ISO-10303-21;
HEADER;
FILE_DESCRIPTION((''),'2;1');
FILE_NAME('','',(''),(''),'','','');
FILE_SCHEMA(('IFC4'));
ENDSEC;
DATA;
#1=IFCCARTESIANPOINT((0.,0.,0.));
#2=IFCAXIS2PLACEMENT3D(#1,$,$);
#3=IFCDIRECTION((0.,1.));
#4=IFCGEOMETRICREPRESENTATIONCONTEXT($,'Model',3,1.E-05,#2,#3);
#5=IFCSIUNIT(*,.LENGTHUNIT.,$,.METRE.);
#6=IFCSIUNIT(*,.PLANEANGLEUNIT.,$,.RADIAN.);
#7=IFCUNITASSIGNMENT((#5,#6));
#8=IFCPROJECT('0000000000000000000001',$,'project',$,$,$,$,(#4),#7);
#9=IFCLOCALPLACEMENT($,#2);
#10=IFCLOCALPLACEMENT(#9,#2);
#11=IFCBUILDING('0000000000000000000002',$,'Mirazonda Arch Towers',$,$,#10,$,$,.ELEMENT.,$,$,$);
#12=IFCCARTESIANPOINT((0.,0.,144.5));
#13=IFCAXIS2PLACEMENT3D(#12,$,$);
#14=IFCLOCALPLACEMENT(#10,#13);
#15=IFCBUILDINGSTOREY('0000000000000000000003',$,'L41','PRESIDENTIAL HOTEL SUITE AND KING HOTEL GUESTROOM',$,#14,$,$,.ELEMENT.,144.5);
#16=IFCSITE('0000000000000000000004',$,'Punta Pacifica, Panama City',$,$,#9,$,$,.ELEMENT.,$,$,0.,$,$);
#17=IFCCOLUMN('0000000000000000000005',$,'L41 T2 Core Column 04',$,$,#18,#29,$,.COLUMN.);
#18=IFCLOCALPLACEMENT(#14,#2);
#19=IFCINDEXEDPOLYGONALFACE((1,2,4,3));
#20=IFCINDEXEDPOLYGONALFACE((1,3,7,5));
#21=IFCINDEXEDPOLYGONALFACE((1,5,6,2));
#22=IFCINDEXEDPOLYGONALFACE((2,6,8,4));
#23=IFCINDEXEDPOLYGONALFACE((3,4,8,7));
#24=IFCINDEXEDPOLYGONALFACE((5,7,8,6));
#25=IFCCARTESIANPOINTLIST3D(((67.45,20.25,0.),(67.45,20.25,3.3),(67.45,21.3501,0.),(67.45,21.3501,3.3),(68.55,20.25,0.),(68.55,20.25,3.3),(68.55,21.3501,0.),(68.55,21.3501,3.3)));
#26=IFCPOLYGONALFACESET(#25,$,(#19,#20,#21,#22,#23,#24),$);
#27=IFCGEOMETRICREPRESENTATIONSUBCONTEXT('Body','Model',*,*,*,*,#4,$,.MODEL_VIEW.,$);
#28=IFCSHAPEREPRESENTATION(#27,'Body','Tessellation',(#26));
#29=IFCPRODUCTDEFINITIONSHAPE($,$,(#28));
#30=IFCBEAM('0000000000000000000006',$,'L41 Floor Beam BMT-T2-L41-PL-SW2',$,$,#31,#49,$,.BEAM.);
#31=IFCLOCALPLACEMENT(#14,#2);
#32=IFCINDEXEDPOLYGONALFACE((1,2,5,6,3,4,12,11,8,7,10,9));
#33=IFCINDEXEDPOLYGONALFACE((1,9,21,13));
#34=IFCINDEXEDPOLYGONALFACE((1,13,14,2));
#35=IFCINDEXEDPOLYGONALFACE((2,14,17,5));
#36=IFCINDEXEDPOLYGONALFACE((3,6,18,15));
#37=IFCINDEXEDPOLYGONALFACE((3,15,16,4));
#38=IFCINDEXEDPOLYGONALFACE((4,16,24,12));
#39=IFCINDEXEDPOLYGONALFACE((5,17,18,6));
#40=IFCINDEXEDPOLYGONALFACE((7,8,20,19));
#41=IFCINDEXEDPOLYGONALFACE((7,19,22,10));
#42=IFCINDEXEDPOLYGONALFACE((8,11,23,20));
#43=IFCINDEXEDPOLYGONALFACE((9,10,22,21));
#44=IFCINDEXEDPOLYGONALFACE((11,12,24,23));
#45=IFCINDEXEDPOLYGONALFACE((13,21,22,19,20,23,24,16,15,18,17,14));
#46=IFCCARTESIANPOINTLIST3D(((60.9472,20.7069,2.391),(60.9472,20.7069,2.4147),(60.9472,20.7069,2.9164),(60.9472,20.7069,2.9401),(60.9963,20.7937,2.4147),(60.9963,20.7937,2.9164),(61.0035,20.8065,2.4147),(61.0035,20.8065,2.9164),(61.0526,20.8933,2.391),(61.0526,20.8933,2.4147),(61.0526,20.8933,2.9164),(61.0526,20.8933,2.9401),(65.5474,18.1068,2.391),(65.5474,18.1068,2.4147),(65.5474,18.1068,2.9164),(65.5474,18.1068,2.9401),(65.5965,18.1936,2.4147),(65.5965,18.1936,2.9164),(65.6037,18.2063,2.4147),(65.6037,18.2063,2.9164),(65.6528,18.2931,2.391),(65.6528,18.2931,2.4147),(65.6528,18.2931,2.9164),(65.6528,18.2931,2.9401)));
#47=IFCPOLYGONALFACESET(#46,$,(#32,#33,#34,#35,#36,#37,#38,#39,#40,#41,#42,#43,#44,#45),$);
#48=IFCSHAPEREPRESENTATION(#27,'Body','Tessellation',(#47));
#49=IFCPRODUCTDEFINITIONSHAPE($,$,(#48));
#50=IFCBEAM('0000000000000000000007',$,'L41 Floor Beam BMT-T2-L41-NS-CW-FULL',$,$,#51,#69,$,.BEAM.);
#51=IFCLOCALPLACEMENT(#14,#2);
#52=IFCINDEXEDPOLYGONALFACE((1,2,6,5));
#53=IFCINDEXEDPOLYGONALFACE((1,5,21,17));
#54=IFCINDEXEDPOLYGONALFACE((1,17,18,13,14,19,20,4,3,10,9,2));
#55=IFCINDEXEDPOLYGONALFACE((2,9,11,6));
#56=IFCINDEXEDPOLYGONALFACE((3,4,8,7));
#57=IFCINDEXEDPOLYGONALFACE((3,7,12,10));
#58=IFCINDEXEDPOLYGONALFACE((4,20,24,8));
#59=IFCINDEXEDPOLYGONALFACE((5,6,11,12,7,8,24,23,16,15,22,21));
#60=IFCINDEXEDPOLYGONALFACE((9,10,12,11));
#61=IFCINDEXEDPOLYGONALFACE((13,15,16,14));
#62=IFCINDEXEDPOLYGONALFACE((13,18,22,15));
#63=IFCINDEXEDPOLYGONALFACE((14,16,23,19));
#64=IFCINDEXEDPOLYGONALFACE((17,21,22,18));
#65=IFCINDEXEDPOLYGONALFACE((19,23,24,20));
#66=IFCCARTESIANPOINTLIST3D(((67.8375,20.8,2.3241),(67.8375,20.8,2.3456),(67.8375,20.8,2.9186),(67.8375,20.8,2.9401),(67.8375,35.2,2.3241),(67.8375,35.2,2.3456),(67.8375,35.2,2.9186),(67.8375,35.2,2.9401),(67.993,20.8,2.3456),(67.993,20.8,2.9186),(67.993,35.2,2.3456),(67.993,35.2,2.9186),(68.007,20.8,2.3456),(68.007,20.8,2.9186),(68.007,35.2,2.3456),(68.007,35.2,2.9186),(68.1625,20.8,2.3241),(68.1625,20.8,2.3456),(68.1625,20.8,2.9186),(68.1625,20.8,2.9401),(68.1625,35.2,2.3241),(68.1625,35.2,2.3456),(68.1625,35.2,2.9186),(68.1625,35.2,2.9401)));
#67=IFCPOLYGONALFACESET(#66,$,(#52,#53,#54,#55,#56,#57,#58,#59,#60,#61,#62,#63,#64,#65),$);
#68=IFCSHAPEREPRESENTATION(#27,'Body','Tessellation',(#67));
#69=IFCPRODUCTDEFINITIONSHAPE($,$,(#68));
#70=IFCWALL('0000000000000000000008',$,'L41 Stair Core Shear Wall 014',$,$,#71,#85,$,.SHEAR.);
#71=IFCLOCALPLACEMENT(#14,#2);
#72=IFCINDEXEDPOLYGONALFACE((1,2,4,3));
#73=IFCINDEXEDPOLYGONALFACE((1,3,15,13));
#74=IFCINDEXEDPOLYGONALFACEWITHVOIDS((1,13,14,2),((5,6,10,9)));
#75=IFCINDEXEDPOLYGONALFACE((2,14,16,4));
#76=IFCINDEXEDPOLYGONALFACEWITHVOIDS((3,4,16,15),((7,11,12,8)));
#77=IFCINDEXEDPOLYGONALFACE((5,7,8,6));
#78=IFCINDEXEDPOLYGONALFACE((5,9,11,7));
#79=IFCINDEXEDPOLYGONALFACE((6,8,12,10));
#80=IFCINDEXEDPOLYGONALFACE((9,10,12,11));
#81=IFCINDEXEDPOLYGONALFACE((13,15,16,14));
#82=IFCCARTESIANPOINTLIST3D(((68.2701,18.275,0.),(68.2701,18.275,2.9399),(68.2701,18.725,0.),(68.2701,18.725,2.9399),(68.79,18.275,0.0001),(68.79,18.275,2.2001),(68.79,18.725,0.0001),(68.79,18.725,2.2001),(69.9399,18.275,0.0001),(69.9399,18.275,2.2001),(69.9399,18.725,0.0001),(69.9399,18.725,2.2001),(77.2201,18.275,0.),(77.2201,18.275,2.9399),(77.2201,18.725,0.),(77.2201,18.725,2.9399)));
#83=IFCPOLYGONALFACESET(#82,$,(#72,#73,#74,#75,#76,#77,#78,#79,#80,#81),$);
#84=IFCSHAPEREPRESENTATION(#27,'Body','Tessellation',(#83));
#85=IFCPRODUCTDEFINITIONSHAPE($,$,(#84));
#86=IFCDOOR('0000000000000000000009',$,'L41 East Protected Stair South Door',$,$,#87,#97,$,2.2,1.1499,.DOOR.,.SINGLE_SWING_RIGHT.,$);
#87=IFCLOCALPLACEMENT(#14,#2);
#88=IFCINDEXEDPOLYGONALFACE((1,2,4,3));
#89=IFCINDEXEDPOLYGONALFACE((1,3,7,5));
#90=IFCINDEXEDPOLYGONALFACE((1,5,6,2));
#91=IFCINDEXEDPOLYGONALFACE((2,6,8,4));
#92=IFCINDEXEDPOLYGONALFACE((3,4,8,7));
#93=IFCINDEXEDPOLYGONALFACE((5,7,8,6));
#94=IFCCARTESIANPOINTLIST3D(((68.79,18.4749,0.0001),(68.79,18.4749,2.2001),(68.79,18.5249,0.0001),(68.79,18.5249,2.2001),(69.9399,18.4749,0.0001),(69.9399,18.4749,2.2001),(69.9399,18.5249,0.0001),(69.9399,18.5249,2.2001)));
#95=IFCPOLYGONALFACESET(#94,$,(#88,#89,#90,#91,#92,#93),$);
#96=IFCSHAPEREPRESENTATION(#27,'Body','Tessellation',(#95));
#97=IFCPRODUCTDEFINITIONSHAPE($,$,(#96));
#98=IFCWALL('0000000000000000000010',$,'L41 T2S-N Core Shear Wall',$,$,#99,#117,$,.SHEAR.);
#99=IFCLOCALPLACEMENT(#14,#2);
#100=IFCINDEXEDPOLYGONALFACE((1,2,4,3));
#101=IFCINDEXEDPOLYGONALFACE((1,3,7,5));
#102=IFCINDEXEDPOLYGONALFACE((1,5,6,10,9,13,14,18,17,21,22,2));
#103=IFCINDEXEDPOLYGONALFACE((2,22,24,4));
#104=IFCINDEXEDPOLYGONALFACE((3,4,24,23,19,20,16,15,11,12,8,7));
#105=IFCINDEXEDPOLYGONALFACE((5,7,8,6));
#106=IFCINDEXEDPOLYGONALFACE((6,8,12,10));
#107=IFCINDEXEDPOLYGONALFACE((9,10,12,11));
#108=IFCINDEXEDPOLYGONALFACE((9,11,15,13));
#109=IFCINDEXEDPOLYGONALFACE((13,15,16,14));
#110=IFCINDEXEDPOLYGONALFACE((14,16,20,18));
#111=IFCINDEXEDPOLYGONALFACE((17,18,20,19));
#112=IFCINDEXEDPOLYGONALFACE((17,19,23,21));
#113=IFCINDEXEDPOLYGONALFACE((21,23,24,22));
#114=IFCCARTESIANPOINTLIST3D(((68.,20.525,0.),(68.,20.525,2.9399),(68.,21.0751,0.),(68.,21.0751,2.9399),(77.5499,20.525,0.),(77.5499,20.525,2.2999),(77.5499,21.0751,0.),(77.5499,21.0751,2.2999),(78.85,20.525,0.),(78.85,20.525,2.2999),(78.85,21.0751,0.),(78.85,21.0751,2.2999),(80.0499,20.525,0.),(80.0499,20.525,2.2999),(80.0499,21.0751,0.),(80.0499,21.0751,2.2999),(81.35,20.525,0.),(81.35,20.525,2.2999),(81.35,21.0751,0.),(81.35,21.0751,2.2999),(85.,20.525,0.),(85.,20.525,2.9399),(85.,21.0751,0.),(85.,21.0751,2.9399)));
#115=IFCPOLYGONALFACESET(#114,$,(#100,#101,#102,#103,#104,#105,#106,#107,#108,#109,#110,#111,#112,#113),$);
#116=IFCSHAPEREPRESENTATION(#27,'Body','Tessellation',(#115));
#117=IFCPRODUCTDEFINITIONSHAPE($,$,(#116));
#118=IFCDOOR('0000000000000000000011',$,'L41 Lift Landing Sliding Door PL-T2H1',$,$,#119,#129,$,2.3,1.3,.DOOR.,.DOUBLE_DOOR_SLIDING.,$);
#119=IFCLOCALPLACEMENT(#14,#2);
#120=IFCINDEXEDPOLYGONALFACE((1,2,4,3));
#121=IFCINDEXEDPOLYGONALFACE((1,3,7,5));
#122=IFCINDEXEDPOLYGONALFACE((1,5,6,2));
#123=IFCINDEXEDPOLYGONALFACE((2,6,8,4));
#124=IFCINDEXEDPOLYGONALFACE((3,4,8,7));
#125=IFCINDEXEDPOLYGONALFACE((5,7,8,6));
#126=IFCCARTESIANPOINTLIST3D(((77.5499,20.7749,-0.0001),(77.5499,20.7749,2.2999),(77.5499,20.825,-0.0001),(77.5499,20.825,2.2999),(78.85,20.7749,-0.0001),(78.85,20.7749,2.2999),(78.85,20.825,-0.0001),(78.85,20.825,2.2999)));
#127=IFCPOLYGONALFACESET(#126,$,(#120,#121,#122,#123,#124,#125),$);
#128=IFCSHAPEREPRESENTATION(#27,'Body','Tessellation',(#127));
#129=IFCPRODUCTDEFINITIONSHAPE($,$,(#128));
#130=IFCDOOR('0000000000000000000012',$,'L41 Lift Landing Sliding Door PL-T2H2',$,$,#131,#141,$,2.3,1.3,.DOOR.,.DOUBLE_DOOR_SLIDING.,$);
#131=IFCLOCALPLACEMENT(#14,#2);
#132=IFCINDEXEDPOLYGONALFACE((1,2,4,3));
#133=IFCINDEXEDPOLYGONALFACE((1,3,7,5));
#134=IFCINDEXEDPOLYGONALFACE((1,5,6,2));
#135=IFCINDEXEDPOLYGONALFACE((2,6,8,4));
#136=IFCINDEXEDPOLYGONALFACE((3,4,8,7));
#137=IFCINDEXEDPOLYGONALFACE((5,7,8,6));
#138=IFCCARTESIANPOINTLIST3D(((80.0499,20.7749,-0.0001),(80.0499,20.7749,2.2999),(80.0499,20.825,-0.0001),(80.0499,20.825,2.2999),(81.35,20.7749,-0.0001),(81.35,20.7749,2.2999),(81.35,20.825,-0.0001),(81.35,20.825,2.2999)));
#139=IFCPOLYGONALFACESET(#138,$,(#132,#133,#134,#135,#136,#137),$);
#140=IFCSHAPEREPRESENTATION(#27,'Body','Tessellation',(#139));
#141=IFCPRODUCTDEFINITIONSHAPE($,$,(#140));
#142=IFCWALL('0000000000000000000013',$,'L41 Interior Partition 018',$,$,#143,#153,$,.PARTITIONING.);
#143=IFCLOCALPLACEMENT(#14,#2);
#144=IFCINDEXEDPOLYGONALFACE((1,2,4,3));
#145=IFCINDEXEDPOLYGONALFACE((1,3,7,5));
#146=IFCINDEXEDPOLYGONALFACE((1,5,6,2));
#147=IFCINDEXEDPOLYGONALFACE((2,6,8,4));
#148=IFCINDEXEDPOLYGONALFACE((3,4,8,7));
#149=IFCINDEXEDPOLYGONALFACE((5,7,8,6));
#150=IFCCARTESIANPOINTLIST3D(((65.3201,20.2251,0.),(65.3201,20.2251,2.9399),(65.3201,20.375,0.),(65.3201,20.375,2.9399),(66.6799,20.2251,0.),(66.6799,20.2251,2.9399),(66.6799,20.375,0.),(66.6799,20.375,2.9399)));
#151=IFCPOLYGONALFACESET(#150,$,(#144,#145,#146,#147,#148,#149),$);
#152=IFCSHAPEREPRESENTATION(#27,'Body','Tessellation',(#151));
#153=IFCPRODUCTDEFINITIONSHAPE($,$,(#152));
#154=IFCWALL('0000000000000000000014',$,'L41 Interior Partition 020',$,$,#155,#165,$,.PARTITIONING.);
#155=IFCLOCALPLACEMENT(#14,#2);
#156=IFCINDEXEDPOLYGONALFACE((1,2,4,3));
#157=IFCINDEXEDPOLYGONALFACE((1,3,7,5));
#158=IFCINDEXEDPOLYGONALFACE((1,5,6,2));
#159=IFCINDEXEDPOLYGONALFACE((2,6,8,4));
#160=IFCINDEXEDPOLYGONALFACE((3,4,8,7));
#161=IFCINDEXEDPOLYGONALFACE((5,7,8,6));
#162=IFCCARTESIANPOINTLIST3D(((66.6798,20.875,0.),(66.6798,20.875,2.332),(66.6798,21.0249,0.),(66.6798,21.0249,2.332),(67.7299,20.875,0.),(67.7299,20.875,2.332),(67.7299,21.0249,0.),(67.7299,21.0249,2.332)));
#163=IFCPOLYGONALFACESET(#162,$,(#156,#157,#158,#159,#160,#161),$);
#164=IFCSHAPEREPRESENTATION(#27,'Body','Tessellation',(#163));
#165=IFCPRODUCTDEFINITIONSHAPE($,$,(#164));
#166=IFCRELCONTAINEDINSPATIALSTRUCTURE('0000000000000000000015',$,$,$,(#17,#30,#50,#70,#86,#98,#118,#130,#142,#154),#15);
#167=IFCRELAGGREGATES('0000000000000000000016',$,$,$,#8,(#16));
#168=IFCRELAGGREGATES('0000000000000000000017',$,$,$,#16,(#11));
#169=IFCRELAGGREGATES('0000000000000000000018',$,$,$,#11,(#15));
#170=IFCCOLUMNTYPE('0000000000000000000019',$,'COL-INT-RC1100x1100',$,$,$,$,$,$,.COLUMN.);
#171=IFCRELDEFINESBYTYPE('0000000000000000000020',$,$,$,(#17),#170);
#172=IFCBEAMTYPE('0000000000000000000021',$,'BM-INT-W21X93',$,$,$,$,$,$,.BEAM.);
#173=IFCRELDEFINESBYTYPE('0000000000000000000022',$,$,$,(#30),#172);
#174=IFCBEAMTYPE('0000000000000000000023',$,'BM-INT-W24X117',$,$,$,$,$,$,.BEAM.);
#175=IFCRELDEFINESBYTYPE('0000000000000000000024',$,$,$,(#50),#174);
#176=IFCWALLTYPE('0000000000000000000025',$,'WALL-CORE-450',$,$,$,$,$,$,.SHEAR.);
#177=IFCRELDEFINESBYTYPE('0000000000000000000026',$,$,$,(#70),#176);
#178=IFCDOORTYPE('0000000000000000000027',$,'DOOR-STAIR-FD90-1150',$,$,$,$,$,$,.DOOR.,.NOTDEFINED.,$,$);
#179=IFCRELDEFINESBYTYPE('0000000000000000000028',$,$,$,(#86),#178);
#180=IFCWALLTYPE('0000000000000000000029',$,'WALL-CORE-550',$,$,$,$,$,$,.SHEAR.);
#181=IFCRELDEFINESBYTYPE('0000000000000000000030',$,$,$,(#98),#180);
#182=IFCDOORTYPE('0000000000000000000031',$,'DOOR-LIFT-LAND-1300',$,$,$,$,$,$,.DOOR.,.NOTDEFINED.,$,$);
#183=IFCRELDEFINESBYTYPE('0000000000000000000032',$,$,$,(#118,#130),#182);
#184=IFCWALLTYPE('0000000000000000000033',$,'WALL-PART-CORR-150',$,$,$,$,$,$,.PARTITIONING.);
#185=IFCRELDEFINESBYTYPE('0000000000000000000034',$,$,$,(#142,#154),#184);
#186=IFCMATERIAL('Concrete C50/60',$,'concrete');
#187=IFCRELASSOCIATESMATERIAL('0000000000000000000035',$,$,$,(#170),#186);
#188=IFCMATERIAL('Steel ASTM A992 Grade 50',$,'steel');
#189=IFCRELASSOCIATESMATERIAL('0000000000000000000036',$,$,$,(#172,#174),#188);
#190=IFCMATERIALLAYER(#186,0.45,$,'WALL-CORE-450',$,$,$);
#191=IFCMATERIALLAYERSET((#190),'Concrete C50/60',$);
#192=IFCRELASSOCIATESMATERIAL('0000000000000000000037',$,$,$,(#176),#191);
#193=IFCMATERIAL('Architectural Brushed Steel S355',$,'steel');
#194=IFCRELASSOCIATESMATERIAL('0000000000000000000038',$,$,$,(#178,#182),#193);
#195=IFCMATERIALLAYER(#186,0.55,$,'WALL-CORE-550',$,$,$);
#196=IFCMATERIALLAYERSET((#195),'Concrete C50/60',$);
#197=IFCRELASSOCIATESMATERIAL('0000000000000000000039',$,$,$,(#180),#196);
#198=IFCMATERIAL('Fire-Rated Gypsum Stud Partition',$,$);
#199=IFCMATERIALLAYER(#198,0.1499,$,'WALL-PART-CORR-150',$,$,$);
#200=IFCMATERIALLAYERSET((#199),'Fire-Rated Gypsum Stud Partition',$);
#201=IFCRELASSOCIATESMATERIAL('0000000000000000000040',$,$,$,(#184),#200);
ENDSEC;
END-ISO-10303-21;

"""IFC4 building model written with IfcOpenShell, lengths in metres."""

from ifc_helpers import new_model, si_unit, direction, frame, frame_2d, origin, origin_2d, place, context, subcontext, project, spatial, rectangle, i_section, extrude, material, layer, layer_set, material_profile, profile_set, type_object, element, fill, save


model = new_model("IFC4")

# Units and contexts
model_context = context("Model", 3, precision=1e-05, world=origin(), true_north=direction((0.0, 1.0)))
body_context = subcontext(model_context, "Body", "Model", "MODEL_VIEW")
ifc_project = project(units=[si_unit("LENGTHUNIT", "METRE"), si_unit("PLANEANGLEUNIT", "RADIAN")], contexts=[model_context])

# Site, building, storey
site_placement = place(None, origin())
site = spatial("IfcSite", under=ifc_project, at=site_placement, Name="Punta Pacifica, Panama City", CompositionType="ELEMENT", RefElevation=0.0)
building_placement = place(site_placement, origin())
building = spatial("IfcBuilding", under=site, at=building_placement, Name="Mirazonda Arch Towers", CompositionType="ELEMENT")
storey_placement = place(building_placement, frame((0.0, 0.0, 144.5)))
storey = spatial("IfcBuildingStorey", under=building, at=storey_placement, Name="L41", Description="PRESIDENTIAL HOTEL SUITE AND KING HOTEL GUESTROOM", CompositionType="ELEMENT", Elevation=144.5)

# Column
ifc_material_1 = material(Name="Concrete C50/60", Category="concrete")
ifc_material_profile_1 = material_profile(ifc_material_1, rectangle(XDim=1.1001, YDim=1.1001, at=origin_2d()), Name="RC1100x1100")
ifc_profile_set_1 = profile_set([ifc_material_profile_1], Name="Concrete C50/60")
column_type = type_object("IfcColumnType", Name="COL-INT-RC1100x1100", PredefinedType="COLUMN", material=ifc_profile_set_1)
column_placement = place(storey_placement, frame((68.0, 20.8, 0.0), z_axis=(0.0, 0.0, 1.0), x_axis=(1.0, 0.0, 0.0)))
element("IfcColumn", 1, at=column_placement, inside=storey, type_object=column_type, Name="L41 T2 Core Column 04", PredefinedType="COLUMN", context=body_context, shape_type="SweptSolid", body=[
    extrude(rectangle(XDim=1.1001, YDim=1.1001, at=origin_2d()), origin(), (0.0, 0.0, 1.0), 3.3),
])

# Beams
ifc_material_2 = material(Name="Steel ASTM A992 Grade 50", Category="steel")
ifc_material_profile_2 = material_profile(ifc_material_2, i_section(OverallWidth=0.2141, OverallDepth=0.5491, WebThickness=0.0146, FlangeThickness=0.0237, at=origin_2d()), Name="W21X93")
ifc_profile_set_2 = profile_set([ifc_material_profile_2], Name="Steel ASTM A992 Grade 50")
beam_type_1 = type_object("IfcBeamType", Name="BM-INT-W21X93", PredefinedType="BEAM", material=ifc_profile_set_2)
beam_1_placement = place(storey_placement, frame((65.6001, 18.2, 2.6655), z_axis=(-0.870559, 0.492063, 0.0), x_axis=(-0.492063, -0.870559, 0.0)))
element("IfcBeam", 2, at=beam_1_placement, inside=storey, type_object=beam_type_1, Name="L41 Floor Beam BMT-T2-L41-PL-SW2", PredefinedType="BEAM", context=body_context, shape_type="SweptSolid", body=[
    extrude(i_section(OverallWidth=0.2141, OverallDepth=0.5491, WebThickness=0.0146, FlangeThickness=0.0237, at=origin_2d()), origin(), (0.0, 0.0, 1.0), 5.2842),
])
ifc_material_profile_3 = material_profile(ifc_material_2, i_section(OverallWidth=0.325, OverallDepth=0.616, WebThickness=0.0139, FlangeThickness=0.0215, at=origin_2d()), Name="W24X117")
ifc_profile_set_3 = profile_set([ifc_material_profile_3], Name="Steel ASTM A992 Grade 50")
beam_type_2 = type_object("IfcBeamType", Name="BM-INT-W24X117", PredefinedType="BEAM", material=ifc_profile_set_3)
beam_2_placement = place(storey_placement, frame((68.0, 20.8, 2.6321), z_axis=(0.0, 1.0, 0.0), x_axis=(-1.0, 0.0, 0.0)))
element("IfcBeam", 3, at=beam_2_placement, inside=storey, type_object=beam_type_2, Name="L41 Floor Beam BMT-T2-L41-NS-CW-FULL", PredefinedType="BEAM", context=body_context, shape_type="SweptSolid", body=[
    extrude(i_section(OverallWidth=0.325, OverallDepth=0.616, WebThickness=0.0139, FlangeThickness=0.0215, at=origin_2d()), origin(), (0.0, 0.0, 1.0), 14.3999),
])

# Wall, opening, door
ifc_layer_1 = layer(ifc_material_1, 0.45, Name="WALL-CORE-450")
ifc_layer_set_1 = layer_set([ifc_layer_1], Name="Concrete C50/60")
wall_type_1 = type_object("IfcWallType", Name="WALL-CORE-450", PredefinedType="SHEAR", material=ifc_layer_set_1)
wall_1_placement = place(storey_placement, frame((68.27, 18.5, 0.0), z_axis=(0.0, 0.0, 1.0), x_axis=(1.0, 0.0, 0.0)))
wall_1 = element("IfcWall", 4, at=wall_1_placement, inside=storey, type_object=wall_type_1, Name="L41 Stair Core Shear Wall 014", PredefinedType="SHEAR", context=body_context, shape_type="SweptSolid", body=[
    extrude(rectangle(XDim=8.95, YDim=0.45, at=frame_2d((4.4751, 0.0))), origin(), (0.0, 0.0, 1.0), 2.9399),
])
opening_1_placement = place(wall_1_placement, frame((0.52, 0.0, 0.0)))
opening_1 = element("IfcOpeningElement", 5, at=opening_1_placement, cuts=wall_1, PredefinedType="OPENING", context=body_context, shape_type="SweptSolid", body=[
    extrude(rectangle(XDim=1.1499, YDim=2.2, at=frame_2d((0.575, 1.1001))), frame((0.0, 0.2349, 0.0), z_axis=(0.0, -1.0, 0.0), x_axis=(1.0, 0.0, 0.0)), (0.0, 0.0, 1.0), 0.47),
])
ifc_material_3 = material(Name="Architectural Brushed Steel S355", Category="steel")
door_type_1 = type_object("IfcDoorType", Name="DOOR-STAIR-FD90-1150", OperationType="NOTDEFINED", PredefinedType="DOOR", material=ifc_material_3)
door_1_placement = place(opening_1_placement, origin())
door_1 = element("IfcDoor", 6, at=door_1_placement, inside=storey, type_object=door_type_1, Name="L41 East Protected Stair South Door", OperationType="SINGLE_SWING_RIGHT", OverallHeight=2.2, OverallWidth=1.1499, PredefinedType="DOOR", context=body_context, shape_type="SweptSolid", body=[
    extrude(rectangle(XDim=1.1499, YDim=2.2, at=frame_2d((0.575, 1.1001))), frame((0.0, 0.0249, 0.0), z_axis=(0.0, -1.0, 0.0), x_axis=(1.0, 0.0, 0.0)), (0.0, 0.0, 1.0), 0.05),
])
fill(opening_1, door_1)

# Wall, openings, doors
ifc_layer_2 = layer(ifc_material_1, 0.55, Name="WALL-CORE-550")
ifc_layer_set_2 = layer_set([ifc_layer_2], Name="Concrete C50/60")
wall_type_2 = type_object("IfcWallType", Name="WALL-CORE-550", PredefinedType="SHEAR", material=ifc_layer_set_2)
wall_2_placement = place(storey_placement, frame((68.0, 20.8, 0.0), z_axis=(0.0, 0.0, 1.0), x_axis=(1.0, 0.0, 0.0)))
wall_2 = element("IfcWall", 7, at=wall_2_placement, inside=storey, type_object=wall_type_2, Name="L41 T2S-N Core Shear Wall", PredefinedType="SHEAR", context=body_context, shape_type="SweptSolid", body=[
    extrude(rectangle(XDim=17.0, YDim=0.55, at=frame_2d((8.5, 0.0))), origin(), (0.0, 0.0, 1.0), 2.9399),
])
opening_2_placement = place(wall_2_placement, frame((9.55, 0.0, 0.0)))
opening_2 = element("IfcOpeningElement", 8, at=opening_2_placement, cuts=wall_2, PredefinedType="OPENING", context=body_context, shape_type="SweptSolid", body=[
    extrude(rectangle(XDim=1.3, YDim=2.3, at=frame_2d((0.6499, 1.1499))), frame((0.0, 0.2849, 0.0), z_axis=(0.0, -1.0, 0.0), x_axis=(1.0, 0.0, 0.0)), (0.0, 0.0, 1.0), 0.5701),
])
opening_3_placement = place(wall_2_placement, frame((12.05, 0.0, 0.0)))
opening_3 = element("IfcOpeningElement", 9, at=opening_3_placement, cuts=wall_2, PredefinedType="OPENING", context=body_context, shape_type="SweptSolid", body=[
    extrude(rectangle(XDim=1.3, YDim=2.3, at=frame_2d((0.6499, 1.1499))), frame((0.0, 0.2849, 0.0), z_axis=(0.0, -1.0, 0.0), x_axis=(1.0, 0.0, 0.0)), (0.0, 0.0, 1.0), 0.5701),
])
door_type_2 = type_object("IfcDoorType", Name="DOOR-LIFT-LAND-1300", OperationType="NOTDEFINED", PredefinedType="DOOR", material=ifc_material_3)
door_2_placement = place(opening_2_placement, origin())
door_2 = element("IfcDoor", 10, at=door_2_placement, inside=storey, type_object=door_type_2, Name="L41 Lift Landing Sliding Door PL-T2H1", OperationType="DOUBLE_DOOR_SLIDING", OverallHeight=2.3, OverallWidth=1.3, PredefinedType="DOOR", context=body_context, shape_type="SweptSolid", body=[
    extrude(rectangle(XDim=1.3, YDim=2.3, at=frame_2d((0.6499, 1.1499))), frame((0.0, 0.0249, 0.0), z_axis=(0.0, -1.0, 0.0), x_axis=(1.0, 0.0, 0.0)), (0.0, 0.0, 1.0), 0.05),
])
fill(opening_2, door_2)
door_3_placement = place(opening_3_placement, origin())
door_3 = element("IfcDoor", 11, at=door_3_placement, inside=storey, type_object=door_type_2, Name="L41 Lift Landing Sliding Door PL-T2H2", OperationType="DOUBLE_DOOR_SLIDING", OverallHeight=2.3, OverallWidth=1.3, PredefinedType="DOOR", context=body_context, shape_type="SweptSolid", body=[
    extrude(rectangle(XDim=1.3, YDim=2.3, at=frame_2d((0.6499, 1.1499))), frame((0.0, 0.0249, 0.0), z_axis=(0.0, -1.0, 0.0), x_axis=(1.0, 0.0, 0.0)), (0.0, 0.0, 1.0), 0.05),
])
fill(opening_3, door_3)

# Walls
ifc_material_4 = material(Name="Fire-Rated Gypsum Stud Partition")
ifc_layer_3 = layer(ifc_material_4, 0.1499, Name="WALL-PART-CORR-150")
ifc_layer_set_3 = layer_set([ifc_layer_3], Name="Fire-Rated Gypsum Stud Partition")
wall_type_3 = type_object("IfcWallType", Name="WALL-PART-CORR-150", PredefinedType="PARTITIONING", material=ifc_layer_set_3)
wall_3_placement = place(storey_placement, frame((65.3201, 20.3, 0.0), z_axis=(0.0, 0.0, 1.0), x_axis=(1.0, 0.0, 0.0)))
element("IfcWall", 12, at=wall_3_placement, inside=storey, type_object=wall_type_3, Name="L41 Interior Partition 018", PredefinedType="PARTITIONING", context=body_context, shape_type="SweptSolid", body=[
    extrude(rectangle(XDim=1.3599, YDim=0.1499, at=frame_2d((0.6799, 0.0))), origin(), (0.0, 0.0, 1.0), 2.9399),
])
wall_4_placement = place(storey_placement, frame((66.6799, 20.95, 0.0), z_axis=(0.0, 0.0, 1.0), x_axis=(1.0, 0.0, 0.0)))
element("IfcWall", 13, at=wall_4_placement, inside=storey, type_object=wall_type_3, Name="L41 Interior Partition 020", PredefinedType="PARTITIONING", context=body_context, shape_type="SweptSolid", body=[
    extrude(rectangle(XDim=1.05, YDim=0.1499, at=frame_2d((0.5249, 0.0))), origin(), (0.0, 0.0, 1.0), 2.332),
])

save(model, "model.ifc")
